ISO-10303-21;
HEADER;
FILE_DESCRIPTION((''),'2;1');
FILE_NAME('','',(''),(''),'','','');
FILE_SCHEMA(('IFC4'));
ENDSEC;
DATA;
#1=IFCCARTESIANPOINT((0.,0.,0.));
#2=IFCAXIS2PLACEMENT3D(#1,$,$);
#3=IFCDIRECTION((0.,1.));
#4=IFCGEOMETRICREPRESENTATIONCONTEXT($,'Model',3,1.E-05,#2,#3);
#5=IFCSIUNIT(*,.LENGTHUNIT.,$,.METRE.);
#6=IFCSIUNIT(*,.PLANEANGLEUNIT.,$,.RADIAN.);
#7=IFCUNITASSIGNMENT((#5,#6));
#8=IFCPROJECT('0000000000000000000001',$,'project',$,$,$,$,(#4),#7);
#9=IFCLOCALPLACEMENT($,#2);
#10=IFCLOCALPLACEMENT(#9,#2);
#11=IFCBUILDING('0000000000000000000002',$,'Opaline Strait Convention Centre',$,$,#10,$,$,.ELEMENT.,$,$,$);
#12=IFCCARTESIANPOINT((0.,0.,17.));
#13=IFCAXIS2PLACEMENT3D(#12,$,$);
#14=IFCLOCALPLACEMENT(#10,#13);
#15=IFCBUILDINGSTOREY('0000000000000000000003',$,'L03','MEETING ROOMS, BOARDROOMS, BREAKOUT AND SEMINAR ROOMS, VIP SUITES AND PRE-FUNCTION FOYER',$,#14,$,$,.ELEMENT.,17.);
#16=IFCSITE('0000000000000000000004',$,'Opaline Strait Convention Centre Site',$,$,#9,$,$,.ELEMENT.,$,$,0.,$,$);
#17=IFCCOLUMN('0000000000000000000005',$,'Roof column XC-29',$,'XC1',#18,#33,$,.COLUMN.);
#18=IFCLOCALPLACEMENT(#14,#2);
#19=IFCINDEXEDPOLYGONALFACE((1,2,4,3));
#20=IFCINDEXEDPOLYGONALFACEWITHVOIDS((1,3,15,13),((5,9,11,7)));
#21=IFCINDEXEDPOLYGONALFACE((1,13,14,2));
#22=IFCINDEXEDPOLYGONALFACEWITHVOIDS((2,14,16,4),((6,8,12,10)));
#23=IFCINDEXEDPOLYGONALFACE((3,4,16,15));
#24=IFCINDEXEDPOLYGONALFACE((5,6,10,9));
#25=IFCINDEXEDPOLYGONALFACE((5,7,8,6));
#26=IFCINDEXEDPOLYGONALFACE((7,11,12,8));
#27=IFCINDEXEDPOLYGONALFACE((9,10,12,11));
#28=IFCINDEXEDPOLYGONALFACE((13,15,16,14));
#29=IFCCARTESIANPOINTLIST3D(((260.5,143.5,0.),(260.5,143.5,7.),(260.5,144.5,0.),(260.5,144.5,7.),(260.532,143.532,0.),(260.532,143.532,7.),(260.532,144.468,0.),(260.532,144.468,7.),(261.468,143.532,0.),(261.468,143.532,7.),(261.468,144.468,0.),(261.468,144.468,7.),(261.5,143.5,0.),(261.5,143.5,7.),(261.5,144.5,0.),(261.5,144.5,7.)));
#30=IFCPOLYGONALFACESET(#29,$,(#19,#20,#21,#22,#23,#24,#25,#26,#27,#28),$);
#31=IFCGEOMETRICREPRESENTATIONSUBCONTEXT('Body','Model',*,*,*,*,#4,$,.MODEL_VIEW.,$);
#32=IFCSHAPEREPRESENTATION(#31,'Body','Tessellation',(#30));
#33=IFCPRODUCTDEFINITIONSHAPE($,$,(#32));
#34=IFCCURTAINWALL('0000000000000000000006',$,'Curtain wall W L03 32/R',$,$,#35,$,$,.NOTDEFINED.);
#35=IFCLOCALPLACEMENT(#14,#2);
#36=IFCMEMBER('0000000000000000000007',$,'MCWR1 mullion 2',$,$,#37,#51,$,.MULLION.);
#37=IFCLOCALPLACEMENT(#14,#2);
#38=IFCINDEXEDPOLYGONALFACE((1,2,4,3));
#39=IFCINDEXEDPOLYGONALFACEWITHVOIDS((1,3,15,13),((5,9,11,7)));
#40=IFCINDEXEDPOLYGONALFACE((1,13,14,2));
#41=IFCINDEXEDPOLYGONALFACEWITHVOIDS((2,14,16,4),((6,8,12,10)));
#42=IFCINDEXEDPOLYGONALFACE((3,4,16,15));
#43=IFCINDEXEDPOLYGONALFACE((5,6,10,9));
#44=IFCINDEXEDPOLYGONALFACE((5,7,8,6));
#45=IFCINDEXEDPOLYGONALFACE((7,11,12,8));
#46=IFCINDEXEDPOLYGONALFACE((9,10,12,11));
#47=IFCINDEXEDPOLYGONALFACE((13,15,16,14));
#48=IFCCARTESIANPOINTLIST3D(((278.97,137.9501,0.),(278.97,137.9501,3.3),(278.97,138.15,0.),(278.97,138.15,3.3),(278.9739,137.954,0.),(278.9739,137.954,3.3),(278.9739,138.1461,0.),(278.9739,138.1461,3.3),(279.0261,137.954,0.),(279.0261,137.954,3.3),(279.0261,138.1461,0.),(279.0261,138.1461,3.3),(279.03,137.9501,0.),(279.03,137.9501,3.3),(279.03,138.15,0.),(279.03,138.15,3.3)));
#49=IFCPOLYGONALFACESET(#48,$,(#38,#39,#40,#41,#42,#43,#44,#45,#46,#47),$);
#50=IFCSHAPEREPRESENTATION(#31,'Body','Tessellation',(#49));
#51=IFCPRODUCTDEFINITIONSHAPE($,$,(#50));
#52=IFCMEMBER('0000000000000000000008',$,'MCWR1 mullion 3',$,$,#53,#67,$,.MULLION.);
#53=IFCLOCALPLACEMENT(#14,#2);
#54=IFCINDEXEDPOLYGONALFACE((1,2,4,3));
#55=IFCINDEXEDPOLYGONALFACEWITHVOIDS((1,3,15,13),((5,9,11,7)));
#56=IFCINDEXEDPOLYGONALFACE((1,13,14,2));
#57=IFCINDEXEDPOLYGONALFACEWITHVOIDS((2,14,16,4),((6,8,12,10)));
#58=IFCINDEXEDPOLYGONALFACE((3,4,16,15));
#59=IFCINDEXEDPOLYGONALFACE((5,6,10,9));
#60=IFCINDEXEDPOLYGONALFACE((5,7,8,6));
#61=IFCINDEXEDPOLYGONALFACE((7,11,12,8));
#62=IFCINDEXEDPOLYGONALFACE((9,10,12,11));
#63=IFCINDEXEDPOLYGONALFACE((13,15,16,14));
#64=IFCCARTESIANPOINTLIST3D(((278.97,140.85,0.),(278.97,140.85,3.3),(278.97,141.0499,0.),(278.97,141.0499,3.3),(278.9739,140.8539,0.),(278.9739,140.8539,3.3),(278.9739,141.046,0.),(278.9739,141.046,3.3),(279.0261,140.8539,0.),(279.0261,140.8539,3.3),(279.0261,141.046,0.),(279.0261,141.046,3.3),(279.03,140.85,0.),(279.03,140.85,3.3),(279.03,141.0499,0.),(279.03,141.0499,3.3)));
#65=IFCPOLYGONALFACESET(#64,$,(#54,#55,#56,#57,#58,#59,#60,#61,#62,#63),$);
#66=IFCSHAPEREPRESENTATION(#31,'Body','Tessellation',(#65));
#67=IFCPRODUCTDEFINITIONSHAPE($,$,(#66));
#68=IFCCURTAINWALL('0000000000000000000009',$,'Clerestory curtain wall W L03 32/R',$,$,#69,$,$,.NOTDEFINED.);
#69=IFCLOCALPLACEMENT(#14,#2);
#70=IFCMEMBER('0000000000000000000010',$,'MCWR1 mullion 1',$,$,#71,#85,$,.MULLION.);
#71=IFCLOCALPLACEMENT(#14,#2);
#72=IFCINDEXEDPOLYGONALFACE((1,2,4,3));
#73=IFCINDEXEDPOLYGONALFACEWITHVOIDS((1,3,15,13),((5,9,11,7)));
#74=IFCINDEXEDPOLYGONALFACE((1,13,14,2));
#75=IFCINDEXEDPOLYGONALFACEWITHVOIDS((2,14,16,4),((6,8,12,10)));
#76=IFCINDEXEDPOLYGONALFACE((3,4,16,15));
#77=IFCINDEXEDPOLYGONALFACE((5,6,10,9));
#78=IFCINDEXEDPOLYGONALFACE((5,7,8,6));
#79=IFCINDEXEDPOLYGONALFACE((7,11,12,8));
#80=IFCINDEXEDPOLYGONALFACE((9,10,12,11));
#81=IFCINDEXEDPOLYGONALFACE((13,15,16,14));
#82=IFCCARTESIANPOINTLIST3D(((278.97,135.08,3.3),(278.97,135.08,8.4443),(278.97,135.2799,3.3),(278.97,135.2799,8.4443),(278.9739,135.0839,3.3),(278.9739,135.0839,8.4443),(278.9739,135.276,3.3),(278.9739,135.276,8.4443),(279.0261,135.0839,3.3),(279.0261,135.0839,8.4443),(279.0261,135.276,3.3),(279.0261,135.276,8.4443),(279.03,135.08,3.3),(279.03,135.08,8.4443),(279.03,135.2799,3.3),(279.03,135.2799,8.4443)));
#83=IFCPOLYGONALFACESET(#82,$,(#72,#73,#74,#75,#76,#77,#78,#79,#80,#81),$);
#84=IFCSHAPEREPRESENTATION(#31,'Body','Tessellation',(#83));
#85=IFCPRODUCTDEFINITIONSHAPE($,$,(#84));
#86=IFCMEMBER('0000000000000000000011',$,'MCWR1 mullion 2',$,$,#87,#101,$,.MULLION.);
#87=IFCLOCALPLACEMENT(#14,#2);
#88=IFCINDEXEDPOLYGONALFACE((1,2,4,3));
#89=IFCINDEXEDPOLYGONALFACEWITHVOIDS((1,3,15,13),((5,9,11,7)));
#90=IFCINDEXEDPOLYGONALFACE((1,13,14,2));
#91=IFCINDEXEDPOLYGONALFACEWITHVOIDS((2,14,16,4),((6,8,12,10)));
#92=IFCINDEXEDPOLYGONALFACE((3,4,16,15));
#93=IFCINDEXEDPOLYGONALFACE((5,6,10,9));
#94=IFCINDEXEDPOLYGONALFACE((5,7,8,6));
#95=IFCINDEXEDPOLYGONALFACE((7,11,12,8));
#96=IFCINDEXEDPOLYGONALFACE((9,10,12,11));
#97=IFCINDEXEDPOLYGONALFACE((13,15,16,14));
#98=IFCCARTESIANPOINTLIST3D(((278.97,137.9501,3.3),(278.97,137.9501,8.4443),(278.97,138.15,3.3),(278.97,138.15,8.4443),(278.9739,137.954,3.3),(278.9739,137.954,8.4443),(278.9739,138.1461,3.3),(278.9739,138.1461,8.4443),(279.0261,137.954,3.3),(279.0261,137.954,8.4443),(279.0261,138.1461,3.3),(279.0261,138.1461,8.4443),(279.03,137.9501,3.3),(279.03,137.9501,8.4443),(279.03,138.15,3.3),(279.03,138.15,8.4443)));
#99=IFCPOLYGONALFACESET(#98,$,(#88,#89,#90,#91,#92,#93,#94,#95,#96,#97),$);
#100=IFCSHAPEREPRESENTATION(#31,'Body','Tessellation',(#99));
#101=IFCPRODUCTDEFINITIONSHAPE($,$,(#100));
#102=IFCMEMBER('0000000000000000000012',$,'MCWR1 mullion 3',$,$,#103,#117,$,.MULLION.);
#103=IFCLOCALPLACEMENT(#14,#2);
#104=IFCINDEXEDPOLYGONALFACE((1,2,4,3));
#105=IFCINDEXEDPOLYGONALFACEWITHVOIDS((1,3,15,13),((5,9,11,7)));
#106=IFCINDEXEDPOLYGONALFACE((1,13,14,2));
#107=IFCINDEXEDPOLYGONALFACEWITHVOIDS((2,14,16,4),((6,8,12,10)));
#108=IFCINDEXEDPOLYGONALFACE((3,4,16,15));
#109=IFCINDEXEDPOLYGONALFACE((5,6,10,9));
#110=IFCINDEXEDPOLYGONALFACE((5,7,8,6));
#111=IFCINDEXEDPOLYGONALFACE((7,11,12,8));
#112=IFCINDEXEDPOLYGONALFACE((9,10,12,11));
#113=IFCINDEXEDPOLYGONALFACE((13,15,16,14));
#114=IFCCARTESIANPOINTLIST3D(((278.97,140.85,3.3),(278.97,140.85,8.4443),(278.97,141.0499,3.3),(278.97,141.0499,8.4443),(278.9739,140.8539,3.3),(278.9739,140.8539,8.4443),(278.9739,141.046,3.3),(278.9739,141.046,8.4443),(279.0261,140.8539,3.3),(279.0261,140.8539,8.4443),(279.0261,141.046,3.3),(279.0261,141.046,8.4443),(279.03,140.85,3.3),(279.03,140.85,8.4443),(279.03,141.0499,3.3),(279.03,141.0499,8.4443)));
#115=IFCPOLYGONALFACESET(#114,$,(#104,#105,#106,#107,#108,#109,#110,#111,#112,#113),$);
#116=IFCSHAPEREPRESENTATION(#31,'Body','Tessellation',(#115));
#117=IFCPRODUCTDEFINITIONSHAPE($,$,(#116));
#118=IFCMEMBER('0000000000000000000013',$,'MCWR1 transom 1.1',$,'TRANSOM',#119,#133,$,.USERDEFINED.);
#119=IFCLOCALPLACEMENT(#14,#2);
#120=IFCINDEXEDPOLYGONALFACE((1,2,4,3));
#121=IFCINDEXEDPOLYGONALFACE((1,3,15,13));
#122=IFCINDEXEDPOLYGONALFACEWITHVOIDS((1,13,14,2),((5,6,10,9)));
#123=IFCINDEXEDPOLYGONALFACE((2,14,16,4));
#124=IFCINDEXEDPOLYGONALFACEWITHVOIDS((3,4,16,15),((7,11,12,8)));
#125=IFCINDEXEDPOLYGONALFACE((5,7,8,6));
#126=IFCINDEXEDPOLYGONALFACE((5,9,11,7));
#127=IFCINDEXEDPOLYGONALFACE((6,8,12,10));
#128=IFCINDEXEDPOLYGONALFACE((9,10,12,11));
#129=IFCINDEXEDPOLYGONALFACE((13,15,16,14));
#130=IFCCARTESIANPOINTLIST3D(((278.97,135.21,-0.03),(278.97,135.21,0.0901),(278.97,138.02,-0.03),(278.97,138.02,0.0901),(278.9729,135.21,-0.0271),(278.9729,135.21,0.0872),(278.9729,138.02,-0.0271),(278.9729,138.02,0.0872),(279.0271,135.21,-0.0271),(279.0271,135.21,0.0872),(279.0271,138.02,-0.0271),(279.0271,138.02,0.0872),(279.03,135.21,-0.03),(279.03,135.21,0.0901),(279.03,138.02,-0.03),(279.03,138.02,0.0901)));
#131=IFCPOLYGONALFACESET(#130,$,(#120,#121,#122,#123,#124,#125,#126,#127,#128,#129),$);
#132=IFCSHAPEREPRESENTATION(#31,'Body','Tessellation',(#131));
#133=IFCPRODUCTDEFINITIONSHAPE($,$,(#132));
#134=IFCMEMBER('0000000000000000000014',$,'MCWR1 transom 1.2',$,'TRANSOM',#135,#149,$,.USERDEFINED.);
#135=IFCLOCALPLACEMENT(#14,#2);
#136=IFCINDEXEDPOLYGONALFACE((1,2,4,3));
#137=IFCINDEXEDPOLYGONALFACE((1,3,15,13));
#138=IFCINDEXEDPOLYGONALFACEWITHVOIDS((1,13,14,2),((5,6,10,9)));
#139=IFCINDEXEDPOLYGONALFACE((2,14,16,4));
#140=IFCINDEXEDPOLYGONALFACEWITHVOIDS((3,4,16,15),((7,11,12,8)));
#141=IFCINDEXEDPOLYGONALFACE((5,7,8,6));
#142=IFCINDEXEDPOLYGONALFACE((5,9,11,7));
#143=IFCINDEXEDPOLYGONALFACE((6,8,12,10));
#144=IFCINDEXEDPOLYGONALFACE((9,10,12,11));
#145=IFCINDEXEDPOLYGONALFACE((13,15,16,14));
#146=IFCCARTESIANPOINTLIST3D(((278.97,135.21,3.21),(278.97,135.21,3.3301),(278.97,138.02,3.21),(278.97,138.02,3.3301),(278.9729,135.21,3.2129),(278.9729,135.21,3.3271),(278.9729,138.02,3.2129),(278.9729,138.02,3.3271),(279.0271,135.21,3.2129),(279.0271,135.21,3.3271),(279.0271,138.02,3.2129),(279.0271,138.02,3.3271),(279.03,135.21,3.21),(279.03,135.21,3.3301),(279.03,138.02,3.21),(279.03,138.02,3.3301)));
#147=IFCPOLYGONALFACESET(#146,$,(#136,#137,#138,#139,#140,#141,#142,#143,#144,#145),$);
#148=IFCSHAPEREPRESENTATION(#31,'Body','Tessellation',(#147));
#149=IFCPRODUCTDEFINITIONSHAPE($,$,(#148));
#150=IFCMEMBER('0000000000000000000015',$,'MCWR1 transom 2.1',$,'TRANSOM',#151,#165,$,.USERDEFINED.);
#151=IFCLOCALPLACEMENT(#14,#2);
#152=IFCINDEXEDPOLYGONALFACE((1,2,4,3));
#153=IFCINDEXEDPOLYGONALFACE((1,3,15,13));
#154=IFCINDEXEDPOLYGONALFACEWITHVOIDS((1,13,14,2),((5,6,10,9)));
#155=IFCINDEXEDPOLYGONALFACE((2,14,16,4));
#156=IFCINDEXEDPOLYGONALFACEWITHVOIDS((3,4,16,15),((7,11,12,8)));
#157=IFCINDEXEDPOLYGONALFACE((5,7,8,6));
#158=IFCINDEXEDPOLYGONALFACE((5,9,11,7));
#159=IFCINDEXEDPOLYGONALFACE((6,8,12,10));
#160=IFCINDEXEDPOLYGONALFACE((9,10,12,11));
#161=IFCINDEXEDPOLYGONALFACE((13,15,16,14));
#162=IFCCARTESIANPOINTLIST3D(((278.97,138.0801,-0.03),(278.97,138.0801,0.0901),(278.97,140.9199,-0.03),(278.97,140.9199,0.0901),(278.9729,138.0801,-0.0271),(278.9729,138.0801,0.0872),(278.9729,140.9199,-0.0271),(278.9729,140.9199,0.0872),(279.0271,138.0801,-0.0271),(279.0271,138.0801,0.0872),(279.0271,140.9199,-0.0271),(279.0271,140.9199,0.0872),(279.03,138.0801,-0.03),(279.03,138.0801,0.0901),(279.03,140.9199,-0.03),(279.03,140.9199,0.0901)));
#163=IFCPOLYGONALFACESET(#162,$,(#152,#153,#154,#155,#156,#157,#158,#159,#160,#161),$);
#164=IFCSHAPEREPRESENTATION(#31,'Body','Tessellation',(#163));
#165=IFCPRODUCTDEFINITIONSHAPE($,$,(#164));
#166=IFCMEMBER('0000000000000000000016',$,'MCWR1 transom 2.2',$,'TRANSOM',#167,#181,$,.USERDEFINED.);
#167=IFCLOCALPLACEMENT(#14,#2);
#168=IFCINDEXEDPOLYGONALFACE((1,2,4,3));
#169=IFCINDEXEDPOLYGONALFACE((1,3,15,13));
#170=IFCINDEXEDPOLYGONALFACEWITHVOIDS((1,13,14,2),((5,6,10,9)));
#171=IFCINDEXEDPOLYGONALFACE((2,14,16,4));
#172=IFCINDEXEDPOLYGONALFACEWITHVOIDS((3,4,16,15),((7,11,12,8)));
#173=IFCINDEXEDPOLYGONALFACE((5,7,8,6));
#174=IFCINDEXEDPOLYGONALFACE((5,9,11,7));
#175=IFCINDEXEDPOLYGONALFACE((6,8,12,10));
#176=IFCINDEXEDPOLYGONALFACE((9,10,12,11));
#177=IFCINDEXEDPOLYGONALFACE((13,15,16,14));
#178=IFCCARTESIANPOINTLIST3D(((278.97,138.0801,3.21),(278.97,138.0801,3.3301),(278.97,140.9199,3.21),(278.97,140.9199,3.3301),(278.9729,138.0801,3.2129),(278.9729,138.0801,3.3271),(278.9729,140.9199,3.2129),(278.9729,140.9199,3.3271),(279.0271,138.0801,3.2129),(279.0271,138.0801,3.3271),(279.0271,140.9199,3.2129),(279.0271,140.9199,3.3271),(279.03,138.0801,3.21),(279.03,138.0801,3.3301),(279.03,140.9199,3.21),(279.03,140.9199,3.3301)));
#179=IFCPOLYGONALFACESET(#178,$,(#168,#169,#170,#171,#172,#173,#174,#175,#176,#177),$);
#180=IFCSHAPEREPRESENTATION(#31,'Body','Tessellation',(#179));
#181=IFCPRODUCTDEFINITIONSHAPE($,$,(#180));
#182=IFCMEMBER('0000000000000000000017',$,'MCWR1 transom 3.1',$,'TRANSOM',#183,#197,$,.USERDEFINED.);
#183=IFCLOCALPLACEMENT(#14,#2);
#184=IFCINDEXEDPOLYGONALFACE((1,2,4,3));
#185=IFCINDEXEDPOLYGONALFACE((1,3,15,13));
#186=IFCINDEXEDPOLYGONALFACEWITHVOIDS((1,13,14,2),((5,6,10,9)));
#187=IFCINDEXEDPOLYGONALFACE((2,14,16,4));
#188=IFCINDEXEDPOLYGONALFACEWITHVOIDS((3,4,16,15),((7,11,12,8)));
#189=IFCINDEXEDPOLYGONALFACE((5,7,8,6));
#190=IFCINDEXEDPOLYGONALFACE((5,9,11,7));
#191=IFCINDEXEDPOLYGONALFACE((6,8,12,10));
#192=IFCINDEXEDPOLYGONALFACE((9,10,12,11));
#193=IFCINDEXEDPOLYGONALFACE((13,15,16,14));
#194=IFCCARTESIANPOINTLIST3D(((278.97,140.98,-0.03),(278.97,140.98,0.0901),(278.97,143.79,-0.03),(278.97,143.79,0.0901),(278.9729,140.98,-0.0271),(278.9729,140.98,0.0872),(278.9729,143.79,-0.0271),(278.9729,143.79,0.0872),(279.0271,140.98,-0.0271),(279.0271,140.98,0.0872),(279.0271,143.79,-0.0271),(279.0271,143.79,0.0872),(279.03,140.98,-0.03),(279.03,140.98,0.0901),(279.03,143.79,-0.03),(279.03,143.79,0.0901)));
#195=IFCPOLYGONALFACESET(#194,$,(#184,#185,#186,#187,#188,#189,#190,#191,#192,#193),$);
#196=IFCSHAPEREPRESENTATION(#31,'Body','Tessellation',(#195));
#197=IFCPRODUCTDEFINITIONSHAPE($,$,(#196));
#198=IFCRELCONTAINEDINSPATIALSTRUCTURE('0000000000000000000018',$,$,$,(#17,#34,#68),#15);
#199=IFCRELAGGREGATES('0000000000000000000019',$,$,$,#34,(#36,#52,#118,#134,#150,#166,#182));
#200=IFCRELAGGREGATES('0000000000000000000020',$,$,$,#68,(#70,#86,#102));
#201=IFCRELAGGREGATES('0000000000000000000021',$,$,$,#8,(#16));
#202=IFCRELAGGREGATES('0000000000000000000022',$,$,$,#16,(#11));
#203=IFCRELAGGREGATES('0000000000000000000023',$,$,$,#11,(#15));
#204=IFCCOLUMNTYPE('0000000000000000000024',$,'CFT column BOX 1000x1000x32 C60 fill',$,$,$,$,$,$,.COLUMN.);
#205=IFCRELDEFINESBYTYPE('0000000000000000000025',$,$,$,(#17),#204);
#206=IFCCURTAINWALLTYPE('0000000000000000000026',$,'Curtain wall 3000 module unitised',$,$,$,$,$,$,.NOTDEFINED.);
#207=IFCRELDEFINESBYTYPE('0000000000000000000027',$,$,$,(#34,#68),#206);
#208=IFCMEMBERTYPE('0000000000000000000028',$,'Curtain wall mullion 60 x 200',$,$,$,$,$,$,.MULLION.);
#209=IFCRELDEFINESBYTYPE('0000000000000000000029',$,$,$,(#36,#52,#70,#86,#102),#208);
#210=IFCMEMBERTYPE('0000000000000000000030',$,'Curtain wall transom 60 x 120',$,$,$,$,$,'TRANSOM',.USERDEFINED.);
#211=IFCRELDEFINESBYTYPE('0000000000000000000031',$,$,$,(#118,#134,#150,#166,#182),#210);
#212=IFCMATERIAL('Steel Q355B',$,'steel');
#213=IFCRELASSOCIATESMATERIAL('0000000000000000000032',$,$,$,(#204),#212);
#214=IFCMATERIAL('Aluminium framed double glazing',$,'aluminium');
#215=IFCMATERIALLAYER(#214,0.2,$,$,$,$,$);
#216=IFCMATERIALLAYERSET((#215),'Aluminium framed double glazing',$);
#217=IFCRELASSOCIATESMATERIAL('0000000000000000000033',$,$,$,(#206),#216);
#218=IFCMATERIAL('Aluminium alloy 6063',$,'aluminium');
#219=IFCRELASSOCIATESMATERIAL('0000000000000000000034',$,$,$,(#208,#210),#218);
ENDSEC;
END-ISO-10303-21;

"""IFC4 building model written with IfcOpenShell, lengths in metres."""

from ifc_helpers import new_model, si_unit, direction, frame, origin, origin_2d, place, context, subcontext, project, spatial, hollow_rectangle, extrude, material, layer, layer_set, material_profile, profile_set, type_object, element, aggregate, save


model = new_model("IFC4")

# Units and contexts
model_context = context("Model", 3, precision=1e-05, world=origin(), true_north=direction((0.0, 1.0)))
body_context = subcontext(model_context, "Body", "Model", "MODEL_VIEW")
ifc_project = project(units=[si_unit("LENGTHUNIT", "METRE"), si_unit("PLANEANGLEUNIT", "RADIAN")], contexts=[model_context])

# Site, building, storey
site_placement = place(None, origin())
site = spatial("IfcSite", under=ifc_project, at=site_placement, Name="Opaline Strait Convention Centre Site", CompositionType="ELEMENT", RefElevation=0.0)
building_placement = place(site_placement, origin())
building = spatial("IfcBuilding", under=site, at=building_placement, Name="Opaline Strait Convention Centre", CompositionType="ELEMENT")
storey_placement = place(building_placement, frame((0.0, 0.0, 17.0)))
storey = spatial("IfcBuildingStorey", under=building, at=storey_placement, Name="L03", Description="MEETING ROOMS, BOARDROOMS, BREAKOUT AND SEMINAR ROOMS, VIP SUITES AND PRE-FUNCTION FOYER", CompositionType="ELEMENT", Elevation=17.0)

# Column
ifc_material_1 = material(Name="Steel Q355B", Category="steel")
ifc_material_profile_1 = material_profile(ifc_material_1, hollow_rectangle(XDim=1.0, YDim=1.0, WallThickness=0.032, at=origin_2d()), Name="BOX 1000x1000x32")
ifc_profile_set_1 = profile_set([ifc_material_profile_1], Name="Steel Q355B")
column_type = type_object("IfcColumnType", Name="CFT column BOX 1000x1000x32 C60 fill", PredefinedType="COLUMN", material=ifc_profile_set_1)
column_placement = place(storey_placement, frame((261.0, 144.0, 0.0), z_axis=(0.0, 0.0, 1.0), x_axis=(1.0, 0.0, 0.0)))
element("IfcColumn", 1, at=column_placement, inside=storey, type_object=column_type, Name="Roof column XC-29", ObjectType="XC1", PredefinedType="COLUMN", context=body_context, shape_type="SweptSolid", body=[
    extrude(hollow_rectangle(XDim=1.0, YDim=1.0, WallThickness=0.032, at=origin_2d()), origin(), (0.0, 0.0, 1.0), 7.0),
])

# Curtain walls, members
ifc_material_2 = material(Name="Aluminium framed double glazing", Category="aluminium")
ifc_layer_1 = layer(ifc_material_2, 0.2)
ifc_layer_set_1 = layer_set([ifc_layer_1], Name="Aluminium framed double glazing")
curtain_wall_type = type_object("IfcCurtainWallType", Name="Curtain wall 3000 module unitised", PredefinedType="NOTDEFINED", material=ifc_layer_set_1)
curtain_wall_1_placement = place(storey_placement, origin())
curtain_wall_1 = element("IfcCurtainWall", 2, at=curtain_wall_1_placement, inside=storey, type_object=curtain_wall_type, Name="Curtain wall W L03 32/R", PredefinedType="NOTDEFINED")
ifc_material_3 = material(Name="Aluminium alloy 6063", Category="aluminium")
ifc_material_profile_2 = material_profile(ifc_material_3, hollow_rectangle(XDim=0.0601, YDim=0.2, WallThickness=0.0039, at=origin_2d()), Name="MULLION 60x200x4")
ifc_profile_set_2 = profile_set([ifc_material_profile_2], Name="Aluminium alloy 6063")
member_type_1 = type_object("IfcMemberType", Name="Curtain wall mullion 60 x 200", PredefinedType="MULLION", material=ifc_profile_set_2)
member_1_placement = place(storey_placement, frame((279.0, 138.05, 0.0), z_axis=(0.0, 0.0, 1.0), x_axis=(-1.0, 0.0, 0.0)))
member_1 = element("IfcMember", 3, at=member_1_placement, type_object=member_type_1, Name="MCWR1 mullion 2", PredefinedType="MULLION", context=body_context, shape_type="SweptSolid", body=[
    extrude(hollow_rectangle(XDim=0.0601, YDim=0.2, WallThickness=0.0039, at=origin_2d()), origin(), (0.0, 0.0, 1.0), 3.3),
])
member_2_placement = place(storey_placement, frame((279.0, 140.95, 0.0), z_axis=(0.0, 0.0, 1.0), x_axis=(-1.0, 0.0, 0.0)))
member_2 = element("IfcMember", 4, at=member_2_placement, type_object=member_type_1, Name="MCWR1 mullion 3", PredefinedType="MULLION", context=body_context, shape_type="SweptSolid", body=[
    extrude(hollow_rectangle(XDim=0.0601, YDim=0.2, WallThickness=0.0039, at=origin_2d()), origin(), (0.0, 0.0, 1.0), 3.3),
])
curtain_wall_2_placement = place(storey_placement, origin())
curtain_wall_2 = element("IfcCurtainWall", 5, at=curtain_wall_2_placement, inside=storey, type_object=curtain_wall_type, Name="Clerestory curtain wall W L03 32/R", PredefinedType="NOTDEFINED")
member_3_placement = place(storey_placement, frame((279.0, 135.1799, 3.3), z_axis=(0.0, 0.0, 1.0), x_axis=(-1.0, 0.0, 0.0)))
member_3 = element("IfcMember", 6, at=member_3_placement, type_object=member_type_1, Name="MCWR1 mullion 1", PredefinedType="MULLION", context=body_context, shape_type="SweptSolid", body=[
    extrude(hollow_rectangle(XDim=0.0601, YDim=0.2, WallThickness=0.0039, at=origin_2d()), origin(), (0.0, 0.0, 1.0), 5.1443),
])
member_4_placement = place(storey_placement, frame((279.0, 138.05, 3.3), z_axis=(0.0, 0.0, 1.0), x_axis=(-1.0, 0.0, 0.0)))
member_4 = element("IfcMember", 7, at=member_4_placement, type_object=member_type_1, Name="MCWR1 mullion 2", PredefinedType="MULLION", context=body_context, shape_type="SweptSolid", body=[
    extrude(hollow_rectangle(XDim=0.0601, YDim=0.2, WallThickness=0.0039, at=origin_2d()), origin(), (0.0, 0.0, 1.0), 5.1443),
])
member_5_placement = place(storey_placement, frame((279.0, 140.95, 3.3), z_axis=(0.0, 0.0, 1.0), x_axis=(-1.0, 0.0, 0.0)))
member_5 = element("IfcMember", 8, at=member_5_placement, type_object=member_type_1, Name="MCWR1 mullion 3", PredefinedType="MULLION", context=body_context, shape_type="SweptSolid", body=[
    extrude(hollow_rectangle(XDim=0.0601, YDim=0.2, WallThickness=0.0039, at=origin_2d()), origin(), (0.0, 0.0, 1.0), 5.1443),
])

# Members
ifc_material_profile_3 = material_profile(ifc_material_3, hollow_rectangle(XDim=0.0601, YDim=0.1201, WallThickness=0.0029, at=origin_2d()), Name="TRANSOM 60x120x3")
ifc_profile_set_3 = profile_set([ifc_material_profile_3], Name="Aluminium alloy 6063")
member_type_2 = type_object("IfcMemberType", Name="Curtain wall transom 60 x 120", ElementType="TRANSOM", PredefinedType="USERDEFINED", material=ifc_profile_set_3)
member_6_placement = place(storey_placement, frame((279.0, 135.21, 0.03), z_axis=(0.0, 1.0, 0.0), x_axis=(-1.0, 0.0, 0.0)))
member_6 = element("IfcMember", 9, at=member_6_placement, type_object=member_type_2, Name="MCWR1 transom 1.1", ObjectType="TRANSOM", PredefinedType="USERDEFINED", context=body_context, shape_type="SweptSolid", body=[
    extrude(hollow_rectangle(XDim=0.0601, YDim=0.1201, WallThickness=0.0029, at=origin_2d()), origin(), (0.0, 0.0, 1.0), 2.8101),
])
member_7_placement = place(storey_placement, frame((279.0, 135.21, 3.27), z_axis=(0.0, 1.0, 0.0), x_axis=(-1.0, 0.0, 0.0)))
member_7 = element("IfcMember", 10, at=member_7_placement, type_object=member_type_2, Name="MCWR1 transom 1.2", ObjectType="TRANSOM", PredefinedType="USERDEFINED", context=body_context, shape_type="SweptSolid", body=[
    extrude(hollow_rectangle(XDim=0.0601, YDim=0.1201, WallThickness=0.0029, at=origin_2d()), origin(), (0.0, 0.0, 1.0), 2.8101),
])
member_8_placement = place(storey_placement, frame((279.0, 138.0801, 0.03), z_axis=(0.0, 1.0, 0.0), x_axis=(-1.0, 0.0, 0.0)))
member_8 = element("IfcMember", 11, at=member_8_placement, type_object=member_type_2, Name="MCWR1 transom 2.1", ObjectType="TRANSOM", PredefinedType="USERDEFINED", context=body_context, shape_type="SweptSolid", body=[
    extrude(hollow_rectangle(XDim=0.0601, YDim=0.1201, WallThickness=0.0029, at=origin_2d()), origin(), (0.0, 0.0, 1.0), 2.8398),
])
member_9_placement = place(storey_placement, frame((279.0, 138.0801, 3.27), z_axis=(0.0, 1.0, 0.0), x_axis=(-1.0, 0.0, 0.0)))
member_9 = element("IfcMember", 12, at=member_9_placement, type_object=member_type_2, Name="MCWR1 transom 2.2", ObjectType="TRANSOM", PredefinedType="USERDEFINED", context=body_context, shape_type="SweptSolid", body=[
    extrude(hollow_rectangle(XDim=0.0601, YDim=0.1201, WallThickness=0.0029, at=origin_2d()), origin(), (0.0, 0.0, 1.0), 2.8398),
])
member_10_placement = place(storey_placement, frame((279.0, 140.98, 0.03), z_axis=(0.0, 1.0, 0.0), x_axis=(-1.0, 0.0, 0.0)))
member_10 = element("IfcMember", 13, at=member_10_placement, type_object=member_type_2, Name="MCWR1 transom 3.1", ObjectType="TRANSOM", PredefinedType="USERDEFINED", context=body_context, shape_type="SweptSolid", body=[
    extrude(hollow_rectangle(XDim=0.0601, YDim=0.1201, WallThickness=0.0029, at=origin_2d()), origin(), (0.0, 0.0, 1.0), 2.8101),
])

aggregate(curtain_wall_1, [member_1, member_2, member_6, member_7, member_8, member_9, member_10])
aggregate(curtain_wall_2, [member_3, member_4, member_5])

save(model, "model.ifc")
